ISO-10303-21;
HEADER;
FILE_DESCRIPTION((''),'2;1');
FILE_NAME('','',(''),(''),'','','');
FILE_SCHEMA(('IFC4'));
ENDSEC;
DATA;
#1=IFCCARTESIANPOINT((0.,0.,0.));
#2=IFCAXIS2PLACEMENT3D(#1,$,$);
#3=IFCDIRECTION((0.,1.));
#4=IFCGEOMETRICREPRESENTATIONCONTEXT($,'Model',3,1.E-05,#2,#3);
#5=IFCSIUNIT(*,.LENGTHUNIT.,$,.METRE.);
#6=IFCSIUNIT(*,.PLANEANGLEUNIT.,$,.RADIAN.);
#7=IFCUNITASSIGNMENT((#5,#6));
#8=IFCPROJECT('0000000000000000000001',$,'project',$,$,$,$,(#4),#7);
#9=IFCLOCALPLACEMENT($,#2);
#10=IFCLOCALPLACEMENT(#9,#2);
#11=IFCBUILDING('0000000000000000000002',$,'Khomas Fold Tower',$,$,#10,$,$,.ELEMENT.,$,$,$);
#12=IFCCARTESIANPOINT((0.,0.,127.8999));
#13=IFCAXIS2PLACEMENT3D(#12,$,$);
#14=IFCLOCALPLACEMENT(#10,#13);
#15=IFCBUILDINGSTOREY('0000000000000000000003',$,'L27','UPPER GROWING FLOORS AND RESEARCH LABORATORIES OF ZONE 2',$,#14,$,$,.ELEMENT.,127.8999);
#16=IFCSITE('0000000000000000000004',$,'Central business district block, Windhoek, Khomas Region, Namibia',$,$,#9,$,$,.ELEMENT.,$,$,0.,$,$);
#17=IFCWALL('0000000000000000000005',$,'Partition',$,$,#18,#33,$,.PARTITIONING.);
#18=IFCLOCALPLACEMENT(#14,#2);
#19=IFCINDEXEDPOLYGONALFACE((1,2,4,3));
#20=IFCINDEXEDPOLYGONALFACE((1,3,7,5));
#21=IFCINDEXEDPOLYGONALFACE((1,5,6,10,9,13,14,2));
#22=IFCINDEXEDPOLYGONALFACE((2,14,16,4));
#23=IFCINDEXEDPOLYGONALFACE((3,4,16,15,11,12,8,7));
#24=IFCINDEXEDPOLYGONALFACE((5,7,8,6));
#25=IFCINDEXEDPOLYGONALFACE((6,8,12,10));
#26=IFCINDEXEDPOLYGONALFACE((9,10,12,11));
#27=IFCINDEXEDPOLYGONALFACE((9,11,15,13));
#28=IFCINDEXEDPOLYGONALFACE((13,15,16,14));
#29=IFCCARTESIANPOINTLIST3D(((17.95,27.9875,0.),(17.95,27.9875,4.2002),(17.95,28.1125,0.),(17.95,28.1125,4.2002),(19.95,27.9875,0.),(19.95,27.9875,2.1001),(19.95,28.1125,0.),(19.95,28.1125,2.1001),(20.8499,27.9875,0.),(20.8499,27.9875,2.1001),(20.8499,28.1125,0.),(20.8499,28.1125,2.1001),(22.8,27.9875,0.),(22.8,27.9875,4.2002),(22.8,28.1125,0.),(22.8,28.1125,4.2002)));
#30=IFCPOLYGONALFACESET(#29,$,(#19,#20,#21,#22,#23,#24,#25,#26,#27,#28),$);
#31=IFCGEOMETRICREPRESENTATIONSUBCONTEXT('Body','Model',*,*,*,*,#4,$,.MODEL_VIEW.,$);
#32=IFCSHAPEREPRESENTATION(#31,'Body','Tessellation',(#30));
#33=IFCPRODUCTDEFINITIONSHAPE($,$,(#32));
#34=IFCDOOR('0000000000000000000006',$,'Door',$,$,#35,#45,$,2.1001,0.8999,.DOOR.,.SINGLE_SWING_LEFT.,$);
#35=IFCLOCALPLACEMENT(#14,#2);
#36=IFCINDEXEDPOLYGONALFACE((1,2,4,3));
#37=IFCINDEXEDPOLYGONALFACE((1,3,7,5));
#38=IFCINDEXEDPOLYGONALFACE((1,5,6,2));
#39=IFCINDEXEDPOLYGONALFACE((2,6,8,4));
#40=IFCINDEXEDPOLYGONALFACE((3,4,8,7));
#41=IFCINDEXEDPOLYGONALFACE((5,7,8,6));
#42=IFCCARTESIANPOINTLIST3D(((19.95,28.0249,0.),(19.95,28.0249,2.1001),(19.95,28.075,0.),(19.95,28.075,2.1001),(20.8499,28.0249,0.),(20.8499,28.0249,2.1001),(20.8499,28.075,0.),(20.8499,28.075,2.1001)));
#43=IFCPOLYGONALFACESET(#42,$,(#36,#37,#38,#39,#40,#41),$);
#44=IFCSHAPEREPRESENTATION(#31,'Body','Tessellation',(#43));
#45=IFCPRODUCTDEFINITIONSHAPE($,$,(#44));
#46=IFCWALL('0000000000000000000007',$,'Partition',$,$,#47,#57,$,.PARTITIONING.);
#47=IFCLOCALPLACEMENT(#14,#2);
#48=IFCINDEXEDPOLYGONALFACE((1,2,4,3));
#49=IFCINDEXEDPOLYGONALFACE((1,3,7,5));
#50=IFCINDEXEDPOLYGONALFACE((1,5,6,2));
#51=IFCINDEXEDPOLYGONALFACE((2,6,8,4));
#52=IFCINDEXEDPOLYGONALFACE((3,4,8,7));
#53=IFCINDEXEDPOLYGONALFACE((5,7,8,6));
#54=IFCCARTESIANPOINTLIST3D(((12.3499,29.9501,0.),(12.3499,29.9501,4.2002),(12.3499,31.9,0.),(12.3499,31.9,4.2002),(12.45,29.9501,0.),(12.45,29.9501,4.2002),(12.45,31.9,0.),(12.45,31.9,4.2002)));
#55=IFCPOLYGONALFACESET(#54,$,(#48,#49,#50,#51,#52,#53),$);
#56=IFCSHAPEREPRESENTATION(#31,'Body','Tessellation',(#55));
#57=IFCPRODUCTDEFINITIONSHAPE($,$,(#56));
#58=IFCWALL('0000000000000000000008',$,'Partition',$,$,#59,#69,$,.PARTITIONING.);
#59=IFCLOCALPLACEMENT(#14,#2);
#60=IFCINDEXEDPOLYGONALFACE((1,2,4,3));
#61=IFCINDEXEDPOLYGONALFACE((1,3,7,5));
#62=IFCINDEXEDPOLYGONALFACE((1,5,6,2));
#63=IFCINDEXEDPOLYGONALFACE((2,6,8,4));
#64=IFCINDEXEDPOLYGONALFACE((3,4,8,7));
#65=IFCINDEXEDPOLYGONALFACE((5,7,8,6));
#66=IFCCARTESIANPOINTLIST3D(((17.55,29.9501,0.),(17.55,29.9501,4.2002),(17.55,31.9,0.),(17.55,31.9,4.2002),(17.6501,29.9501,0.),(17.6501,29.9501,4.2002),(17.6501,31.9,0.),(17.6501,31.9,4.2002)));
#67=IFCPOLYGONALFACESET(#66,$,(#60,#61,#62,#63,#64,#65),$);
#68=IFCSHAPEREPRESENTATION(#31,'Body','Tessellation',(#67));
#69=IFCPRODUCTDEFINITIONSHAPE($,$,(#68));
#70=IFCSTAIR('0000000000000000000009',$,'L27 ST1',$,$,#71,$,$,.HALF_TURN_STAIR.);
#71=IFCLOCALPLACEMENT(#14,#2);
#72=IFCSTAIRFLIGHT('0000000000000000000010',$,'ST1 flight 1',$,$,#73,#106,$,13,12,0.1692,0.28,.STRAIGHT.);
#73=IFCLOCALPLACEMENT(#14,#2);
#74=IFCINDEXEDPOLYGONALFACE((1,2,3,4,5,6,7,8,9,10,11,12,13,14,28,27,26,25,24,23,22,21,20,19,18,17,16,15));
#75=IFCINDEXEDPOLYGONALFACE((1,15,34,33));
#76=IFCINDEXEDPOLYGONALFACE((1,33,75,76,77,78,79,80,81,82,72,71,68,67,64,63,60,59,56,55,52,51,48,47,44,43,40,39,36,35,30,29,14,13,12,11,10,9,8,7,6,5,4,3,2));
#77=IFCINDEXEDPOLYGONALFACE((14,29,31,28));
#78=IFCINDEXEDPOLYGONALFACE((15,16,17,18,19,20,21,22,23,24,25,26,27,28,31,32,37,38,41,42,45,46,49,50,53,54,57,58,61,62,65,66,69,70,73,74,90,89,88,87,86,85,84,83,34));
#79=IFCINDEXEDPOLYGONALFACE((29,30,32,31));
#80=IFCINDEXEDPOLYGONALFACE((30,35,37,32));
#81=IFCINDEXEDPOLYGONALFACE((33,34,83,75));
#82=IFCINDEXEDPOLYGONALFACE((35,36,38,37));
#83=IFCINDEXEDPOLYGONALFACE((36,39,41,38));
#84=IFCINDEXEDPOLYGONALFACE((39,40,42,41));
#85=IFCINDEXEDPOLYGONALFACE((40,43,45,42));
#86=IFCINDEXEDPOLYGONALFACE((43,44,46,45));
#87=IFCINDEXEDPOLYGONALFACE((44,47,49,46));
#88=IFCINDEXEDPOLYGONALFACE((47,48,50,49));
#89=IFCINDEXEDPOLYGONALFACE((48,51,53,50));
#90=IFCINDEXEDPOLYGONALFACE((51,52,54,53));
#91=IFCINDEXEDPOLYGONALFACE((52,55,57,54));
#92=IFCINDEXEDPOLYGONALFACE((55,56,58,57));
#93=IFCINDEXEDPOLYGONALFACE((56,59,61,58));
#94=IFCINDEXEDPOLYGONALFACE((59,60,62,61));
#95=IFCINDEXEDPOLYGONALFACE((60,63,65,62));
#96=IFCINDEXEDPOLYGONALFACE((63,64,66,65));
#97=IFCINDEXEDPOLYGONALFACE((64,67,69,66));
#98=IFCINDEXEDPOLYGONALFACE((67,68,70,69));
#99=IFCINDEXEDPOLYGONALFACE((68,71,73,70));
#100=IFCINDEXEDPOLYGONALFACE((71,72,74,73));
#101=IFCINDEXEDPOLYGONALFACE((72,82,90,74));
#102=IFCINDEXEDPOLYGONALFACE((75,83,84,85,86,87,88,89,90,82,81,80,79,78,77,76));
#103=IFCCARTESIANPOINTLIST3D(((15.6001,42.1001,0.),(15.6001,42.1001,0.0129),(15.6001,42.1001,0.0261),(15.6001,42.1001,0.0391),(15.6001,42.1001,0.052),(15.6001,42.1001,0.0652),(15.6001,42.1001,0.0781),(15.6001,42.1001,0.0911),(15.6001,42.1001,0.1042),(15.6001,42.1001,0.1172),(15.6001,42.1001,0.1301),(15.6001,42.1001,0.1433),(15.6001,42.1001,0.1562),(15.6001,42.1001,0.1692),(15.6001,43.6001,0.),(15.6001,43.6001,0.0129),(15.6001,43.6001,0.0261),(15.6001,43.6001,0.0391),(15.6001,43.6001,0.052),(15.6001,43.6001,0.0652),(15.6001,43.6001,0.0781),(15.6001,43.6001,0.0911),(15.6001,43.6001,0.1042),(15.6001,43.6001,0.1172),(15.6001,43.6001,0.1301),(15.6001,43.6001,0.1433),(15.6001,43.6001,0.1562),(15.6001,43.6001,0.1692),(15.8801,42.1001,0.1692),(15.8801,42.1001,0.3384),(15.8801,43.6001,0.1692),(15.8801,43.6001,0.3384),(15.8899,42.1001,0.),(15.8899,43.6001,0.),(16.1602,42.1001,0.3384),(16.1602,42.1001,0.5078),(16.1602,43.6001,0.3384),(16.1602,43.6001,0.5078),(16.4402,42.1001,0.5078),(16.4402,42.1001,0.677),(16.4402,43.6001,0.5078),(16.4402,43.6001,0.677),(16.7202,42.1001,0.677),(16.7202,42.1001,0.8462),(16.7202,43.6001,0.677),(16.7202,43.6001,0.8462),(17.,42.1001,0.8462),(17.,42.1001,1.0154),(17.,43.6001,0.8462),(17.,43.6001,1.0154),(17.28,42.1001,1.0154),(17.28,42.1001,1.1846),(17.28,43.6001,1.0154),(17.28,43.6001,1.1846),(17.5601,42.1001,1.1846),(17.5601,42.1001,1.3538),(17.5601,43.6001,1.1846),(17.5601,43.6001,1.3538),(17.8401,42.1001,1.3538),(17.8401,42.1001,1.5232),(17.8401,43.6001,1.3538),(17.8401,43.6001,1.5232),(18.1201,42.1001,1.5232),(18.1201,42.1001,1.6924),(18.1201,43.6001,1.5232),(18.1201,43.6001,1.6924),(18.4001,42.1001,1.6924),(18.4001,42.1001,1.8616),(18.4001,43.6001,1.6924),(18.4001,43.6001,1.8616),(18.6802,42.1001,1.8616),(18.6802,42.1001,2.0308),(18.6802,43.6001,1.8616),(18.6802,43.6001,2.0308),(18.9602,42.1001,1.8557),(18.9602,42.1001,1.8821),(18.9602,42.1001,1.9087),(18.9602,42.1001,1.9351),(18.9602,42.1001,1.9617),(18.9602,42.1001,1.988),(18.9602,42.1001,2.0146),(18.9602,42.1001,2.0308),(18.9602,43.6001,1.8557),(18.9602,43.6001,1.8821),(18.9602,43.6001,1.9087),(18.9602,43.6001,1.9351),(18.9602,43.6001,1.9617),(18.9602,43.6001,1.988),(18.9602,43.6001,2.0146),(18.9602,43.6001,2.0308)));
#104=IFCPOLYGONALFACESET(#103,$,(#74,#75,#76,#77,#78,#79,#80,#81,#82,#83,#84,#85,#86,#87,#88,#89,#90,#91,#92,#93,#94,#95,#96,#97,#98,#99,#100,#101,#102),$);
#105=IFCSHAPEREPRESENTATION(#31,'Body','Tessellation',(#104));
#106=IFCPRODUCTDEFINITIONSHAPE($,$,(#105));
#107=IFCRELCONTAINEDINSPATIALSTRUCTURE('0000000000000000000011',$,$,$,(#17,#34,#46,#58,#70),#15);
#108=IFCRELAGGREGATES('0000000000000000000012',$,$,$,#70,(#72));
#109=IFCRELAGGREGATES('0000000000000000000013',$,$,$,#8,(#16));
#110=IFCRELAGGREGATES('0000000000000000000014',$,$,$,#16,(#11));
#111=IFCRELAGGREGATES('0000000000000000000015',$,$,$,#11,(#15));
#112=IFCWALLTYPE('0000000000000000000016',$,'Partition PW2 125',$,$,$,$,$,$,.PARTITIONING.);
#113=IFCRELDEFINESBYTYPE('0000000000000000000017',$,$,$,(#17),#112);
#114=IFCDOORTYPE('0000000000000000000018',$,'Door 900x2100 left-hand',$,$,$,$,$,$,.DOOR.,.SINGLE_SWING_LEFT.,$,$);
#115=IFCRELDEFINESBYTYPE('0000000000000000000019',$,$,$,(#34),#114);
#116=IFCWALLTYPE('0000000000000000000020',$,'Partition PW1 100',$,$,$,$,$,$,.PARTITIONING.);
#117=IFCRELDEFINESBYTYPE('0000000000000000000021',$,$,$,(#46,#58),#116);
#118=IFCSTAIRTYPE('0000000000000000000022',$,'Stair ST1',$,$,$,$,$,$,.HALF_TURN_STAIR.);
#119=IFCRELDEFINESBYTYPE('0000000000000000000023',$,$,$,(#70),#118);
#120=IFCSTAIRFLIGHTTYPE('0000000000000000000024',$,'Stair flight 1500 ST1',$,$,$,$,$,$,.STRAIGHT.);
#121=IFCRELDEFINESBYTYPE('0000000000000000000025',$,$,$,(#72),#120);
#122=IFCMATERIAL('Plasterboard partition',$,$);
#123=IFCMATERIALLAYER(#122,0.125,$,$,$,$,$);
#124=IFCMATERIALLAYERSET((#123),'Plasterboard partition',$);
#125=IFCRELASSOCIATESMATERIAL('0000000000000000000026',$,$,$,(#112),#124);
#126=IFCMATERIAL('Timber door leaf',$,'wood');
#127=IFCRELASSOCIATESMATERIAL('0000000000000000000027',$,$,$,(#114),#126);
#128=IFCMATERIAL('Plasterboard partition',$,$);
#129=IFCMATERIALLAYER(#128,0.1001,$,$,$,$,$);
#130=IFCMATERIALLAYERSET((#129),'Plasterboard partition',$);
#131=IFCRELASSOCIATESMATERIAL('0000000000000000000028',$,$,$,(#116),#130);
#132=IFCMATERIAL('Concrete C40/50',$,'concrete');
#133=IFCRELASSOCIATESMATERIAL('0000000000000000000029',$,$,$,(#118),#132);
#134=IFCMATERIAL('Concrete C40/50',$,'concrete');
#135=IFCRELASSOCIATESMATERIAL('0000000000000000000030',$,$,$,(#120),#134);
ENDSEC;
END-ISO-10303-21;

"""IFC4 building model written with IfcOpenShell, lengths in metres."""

from ifc_helpers import new_model, si_unit, direction, frame, frame_2d, origin, place, context, subcontext, project, spatial, polyline, rectangle, outline, extrude, source, transform, mapped, material, layer, layer_set, type_object, element, fill, aggregate, save


model = new_model("IFC4")

# Units and contexts
model_context = context("Model", 3, precision=1e-05, world=origin(), true_north=direction((0.0, 1.0)))
body_context = subcontext(model_context, "Body", "Model", "MODEL_VIEW")
ifc_project = project(units=[si_unit("LENGTHUNIT", "METRE"), si_unit("PLANEANGLEUNIT", "RADIAN")], contexts=[model_context])

# Site, building, storey
site_placement = place(None, origin())
site = spatial("IfcSite", under=ifc_project, at=site_placement, Name="Central business district block, Windhoek, Khomas Region, Namibia", CompositionType="ELEMENT", RefElevation=0.0)
building_placement = place(site_placement, origin())
building = spatial("IfcBuilding", under=site, at=building_placement, Name="Khomas Fold Tower", CompositionType="ELEMENT")
storey_placement = place(building_placement, frame((0.0, 0.0, 127.8999)))
storey = spatial("IfcBuildingStorey", under=building, at=storey_placement, Name="L27", Description="UPPER GROWING FLOORS AND RESEARCH LABORATORIES OF ZONE 2", CompositionType="ELEMENT", Elevation=127.8999)

# Wall, opening, door
ifc_material_1 = material(Name="Plasterboard partition")
ifc_layer_1 = layer(ifc_material_1, 0.125)
ifc_layer_set_1 = layer_set([ifc_layer_1], Name="Plasterboard partition")
wall_type_1 = type_object("IfcWallType", Name="Partition PW2 125", PredefinedType="PARTITIONING", material=ifc_layer_set_1)
shared_shape_1 = source(origin(), body_context, "Body", "SweptSolid", [
    extrude(rectangle(XDim=4.8501, YDim=0.125, at=frame_2d((2.425, 0.0))), origin(), (0.0, 0.0, 1.0), 4.2002),
])
wall_1_placement = place(storey_placement, frame((17.95, 28.05, 0.0), z_axis=(0.0, 0.0, 1.0), x_axis=(1.0, 0.0, 0.0)))
wall_1 = element("IfcWall", 1, at=wall_1_placement, inside=storey, type_object=wall_type_1, Name="Partition", PredefinedType="PARTITIONING", context=body_context, shape_type="MappedRepresentation", body=[
    mapped(shared_shape_1, transform((0.0, 0.0, 0.0))),
])
shared_shape_2 = source(origin(), body_context, "Body", "SweptSolid", [
    extrude(rectangle(XDim=0.8999, YDim=2.1001, at=frame_2d((0.45, 1.05))), frame((0.0, 0.0725, 0.0), z_axis=(0.0, -1.0, 0.0), x_axis=(1.0, 0.0, 0.0)), (0.0, 0.0, 1.0), 0.145),
])
opening_placement = place(wall_1_placement, frame((2.0, 0.0, 0.0)))
opening = element("IfcOpeningElement", 2, at=opening_placement, cuts=wall_1, PredefinedType="OPENING", context=body_context, shape_type="MappedRepresentation", body=[
    mapped(shared_shape_2, transform((0.0, 0.0, 0.0))),
])
ifc_material_2 = material(Name="Timber door leaf", Category="wood")
door_type = type_object("IfcDoorType", Name="Door 900x2100 left-hand", OperationType="SINGLE_SWING_LEFT", PredefinedType="DOOR", material=ifc_material_2)
shared_shape_3 = source(origin(), body_context, "Body", "SweptSolid", [
    extrude(rectangle(XDim=0.8999, YDim=2.1001, at=frame_2d((0.45, 1.05))), frame((0.0, 0.0249, 0.0), z_axis=(0.0, -1.0, 0.0), x_axis=(1.0, 0.0, 0.0)), (0.0, 0.0, 1.0), 0.05),
])
door_placement = place(opening_placement, origin())
door = element("IfcDoor", 3, at=door_placement, inside=storey, type_object=door_type, Name="Door", OperationType="SINGLE_SWING_LEFT", OverallHeight=2.1001, OverallWidth=0.8999, PredefinedType="DOOR", context=body_context, shape_type="MappedRepresentation", body=[
    mapped(shared_shape_3, transform((0.0, 0.0, 0.0))),
])
fill(opening, door)

# Walls
ifc_material_3 = material(Name="Plasterboard partition")
ifc_layer_2 = layer(ifc_material_3, 0.1001)
ifc_layer_set_2 = layer_set([ifc_layer_2], Name="Plasterboard partition")
wall_type_2 = type_object("IfcWallType", Name="Partition PW1 100", PredefinedType="PARTITIONING", material=ifc_layer_set_2)
shared_shape_4 = source(origin(), body_context, "Body", "SweptSolid", [
    extrude(rectangle(XDim=1.95, YDim=0.1001, at=frame_2d((0.9751, 0.0))), origin(), (0.0, 0.0, 1.0), 4.2002),
])
for number, where, z_axis, x_axis, name in (
    (4, (12.3999, 29.95, 0.0), (0.0, 0.0, 1.0), (0.0, 1.0, 0.0), "Partition"),
    (5, (17.6001, 29.95, 0.0), (0.0, 0.0, 1.0), (0.0, 1.0, 0.0), "Partition"),
):
    element("IfcWall", number, at=place(storey_placement, frame(where, z_axis=z_axis, x_axis=x_axis)), inside=storey, type_object=wall_type_2, Name=name, PredefinedType="PARTITIONING", context=body_context, shape_type="MappedRepresentation", body=[
        mapped(shared_shape_4, transform((0.0, 0.0, 0.0))),
    ])

# Stair, stair flight
ifc_material_4 = material(Name="Concrete C40/50", Category="concrete")
stair_type = type_object("IfcStairType", Name="Stair ST1", PredefinedType="HALF_TURN_STAIR", material=ifc_material_4)
stair_placement = place(storey_placement, origin())
stair = element("IfcStair", 6, at=stair_placement, inside=storey, type_object=stair_type, Name="L27 ST1", PredefinedType="HALF_TURN_STAIR")
ifc_material_5 = material(Name="Concrete C40/50", Category="concrete")
stair_flight_type = type_object("IfcStairFlightType", Name="Stair flight 1500 ST1", PredefinedType="STRAIGHT", material=ifc_material_5)
shared_shape_5 = source(origin(), body_context, "Body", "SweptSolid", [
    extrude(outline(polyline([(0.0, 0.0), (0.0, 0.0129), (0.0, 0.0261), (0.0, 0.0391), (0.0, 0.052), (0.0, 0.0652), (0.0, 0.0781), (0.0, 0.0911), (0.0, 0.1042), (0.0, 0.1172), (0.0, 0.1301), (0.0, 0.1433), (0.0, 0.1562), (0.0, 0.1692), (0.28, 0.1692), (0.28, 0.3384), (0.5601, 0.3384), (0.5601, 0.5078), (0.8401, 0.5078), (0.8401, 0.677), (1.1201, 0.677), (1.1201, 0.8462), (1.3999, 0.8462), (1.3999, 1.0154), (1.6799, 1.0154), (1.6799, 1.1846), (1.96, 1.1846), (1.96, 1.3538), (2.24, 1.3538), (2.24, 1.5232), (2.52, 1.5232), (2.52, 1.6924), (2.8, 1.6924), (2.8, 1.8616), (3.0801, 1.8616), (3.0801, 2.0308), (3.3601, 2.0308), (3.3601, 2.2), (3.3601, 2.1736), (3.3601, 2.147), (3.3601, 2.1206), (3.3601, 2.094), (3.3601, 2.0676), (3.3601, 2.041), (3.3601, 2.0146), (3.3601, 1.988), (3.3601, 1.9617), (3.3601, 1.9351), (3.3601, 1.9087), (3.3601, 1.8821), (3.3601, 1.8557), (0.2898, 0.0), (0.0, 0.0)])), frame((0.0, 0.75, 0.0), z_axis=(0.0, -1.0, 0.0), x_axis=(1.0, 0.0, 0.0)), (0.0, 0.0, 1.0), 1.5),
])
stair_flight_placement = place(storey_placement, frame((15.6001, 42.8501, 0.0), z_axis=(0.0, 0.0, 1.0), x_axis=(1.0, 0.0, 0.0)))
stair_flight = element("IfcStairFlight", 7, at=stair_flight_placement, type_object=stair_flight_type, Name="ST1 flight 1", NumberOfRisers=13, NumberOfTreads=12, PredefinedType="STRAIGHT", RiserHeight=0.1692, TreadLength=0.28, context=body_context, shape_type="MappedRepresentation", body=[
    mapped(shared_shape_5, transform((0.0, 0.0, 0.0))),
])
aggregate(stair, [stair_flight])

save(model, "model.ifc")
